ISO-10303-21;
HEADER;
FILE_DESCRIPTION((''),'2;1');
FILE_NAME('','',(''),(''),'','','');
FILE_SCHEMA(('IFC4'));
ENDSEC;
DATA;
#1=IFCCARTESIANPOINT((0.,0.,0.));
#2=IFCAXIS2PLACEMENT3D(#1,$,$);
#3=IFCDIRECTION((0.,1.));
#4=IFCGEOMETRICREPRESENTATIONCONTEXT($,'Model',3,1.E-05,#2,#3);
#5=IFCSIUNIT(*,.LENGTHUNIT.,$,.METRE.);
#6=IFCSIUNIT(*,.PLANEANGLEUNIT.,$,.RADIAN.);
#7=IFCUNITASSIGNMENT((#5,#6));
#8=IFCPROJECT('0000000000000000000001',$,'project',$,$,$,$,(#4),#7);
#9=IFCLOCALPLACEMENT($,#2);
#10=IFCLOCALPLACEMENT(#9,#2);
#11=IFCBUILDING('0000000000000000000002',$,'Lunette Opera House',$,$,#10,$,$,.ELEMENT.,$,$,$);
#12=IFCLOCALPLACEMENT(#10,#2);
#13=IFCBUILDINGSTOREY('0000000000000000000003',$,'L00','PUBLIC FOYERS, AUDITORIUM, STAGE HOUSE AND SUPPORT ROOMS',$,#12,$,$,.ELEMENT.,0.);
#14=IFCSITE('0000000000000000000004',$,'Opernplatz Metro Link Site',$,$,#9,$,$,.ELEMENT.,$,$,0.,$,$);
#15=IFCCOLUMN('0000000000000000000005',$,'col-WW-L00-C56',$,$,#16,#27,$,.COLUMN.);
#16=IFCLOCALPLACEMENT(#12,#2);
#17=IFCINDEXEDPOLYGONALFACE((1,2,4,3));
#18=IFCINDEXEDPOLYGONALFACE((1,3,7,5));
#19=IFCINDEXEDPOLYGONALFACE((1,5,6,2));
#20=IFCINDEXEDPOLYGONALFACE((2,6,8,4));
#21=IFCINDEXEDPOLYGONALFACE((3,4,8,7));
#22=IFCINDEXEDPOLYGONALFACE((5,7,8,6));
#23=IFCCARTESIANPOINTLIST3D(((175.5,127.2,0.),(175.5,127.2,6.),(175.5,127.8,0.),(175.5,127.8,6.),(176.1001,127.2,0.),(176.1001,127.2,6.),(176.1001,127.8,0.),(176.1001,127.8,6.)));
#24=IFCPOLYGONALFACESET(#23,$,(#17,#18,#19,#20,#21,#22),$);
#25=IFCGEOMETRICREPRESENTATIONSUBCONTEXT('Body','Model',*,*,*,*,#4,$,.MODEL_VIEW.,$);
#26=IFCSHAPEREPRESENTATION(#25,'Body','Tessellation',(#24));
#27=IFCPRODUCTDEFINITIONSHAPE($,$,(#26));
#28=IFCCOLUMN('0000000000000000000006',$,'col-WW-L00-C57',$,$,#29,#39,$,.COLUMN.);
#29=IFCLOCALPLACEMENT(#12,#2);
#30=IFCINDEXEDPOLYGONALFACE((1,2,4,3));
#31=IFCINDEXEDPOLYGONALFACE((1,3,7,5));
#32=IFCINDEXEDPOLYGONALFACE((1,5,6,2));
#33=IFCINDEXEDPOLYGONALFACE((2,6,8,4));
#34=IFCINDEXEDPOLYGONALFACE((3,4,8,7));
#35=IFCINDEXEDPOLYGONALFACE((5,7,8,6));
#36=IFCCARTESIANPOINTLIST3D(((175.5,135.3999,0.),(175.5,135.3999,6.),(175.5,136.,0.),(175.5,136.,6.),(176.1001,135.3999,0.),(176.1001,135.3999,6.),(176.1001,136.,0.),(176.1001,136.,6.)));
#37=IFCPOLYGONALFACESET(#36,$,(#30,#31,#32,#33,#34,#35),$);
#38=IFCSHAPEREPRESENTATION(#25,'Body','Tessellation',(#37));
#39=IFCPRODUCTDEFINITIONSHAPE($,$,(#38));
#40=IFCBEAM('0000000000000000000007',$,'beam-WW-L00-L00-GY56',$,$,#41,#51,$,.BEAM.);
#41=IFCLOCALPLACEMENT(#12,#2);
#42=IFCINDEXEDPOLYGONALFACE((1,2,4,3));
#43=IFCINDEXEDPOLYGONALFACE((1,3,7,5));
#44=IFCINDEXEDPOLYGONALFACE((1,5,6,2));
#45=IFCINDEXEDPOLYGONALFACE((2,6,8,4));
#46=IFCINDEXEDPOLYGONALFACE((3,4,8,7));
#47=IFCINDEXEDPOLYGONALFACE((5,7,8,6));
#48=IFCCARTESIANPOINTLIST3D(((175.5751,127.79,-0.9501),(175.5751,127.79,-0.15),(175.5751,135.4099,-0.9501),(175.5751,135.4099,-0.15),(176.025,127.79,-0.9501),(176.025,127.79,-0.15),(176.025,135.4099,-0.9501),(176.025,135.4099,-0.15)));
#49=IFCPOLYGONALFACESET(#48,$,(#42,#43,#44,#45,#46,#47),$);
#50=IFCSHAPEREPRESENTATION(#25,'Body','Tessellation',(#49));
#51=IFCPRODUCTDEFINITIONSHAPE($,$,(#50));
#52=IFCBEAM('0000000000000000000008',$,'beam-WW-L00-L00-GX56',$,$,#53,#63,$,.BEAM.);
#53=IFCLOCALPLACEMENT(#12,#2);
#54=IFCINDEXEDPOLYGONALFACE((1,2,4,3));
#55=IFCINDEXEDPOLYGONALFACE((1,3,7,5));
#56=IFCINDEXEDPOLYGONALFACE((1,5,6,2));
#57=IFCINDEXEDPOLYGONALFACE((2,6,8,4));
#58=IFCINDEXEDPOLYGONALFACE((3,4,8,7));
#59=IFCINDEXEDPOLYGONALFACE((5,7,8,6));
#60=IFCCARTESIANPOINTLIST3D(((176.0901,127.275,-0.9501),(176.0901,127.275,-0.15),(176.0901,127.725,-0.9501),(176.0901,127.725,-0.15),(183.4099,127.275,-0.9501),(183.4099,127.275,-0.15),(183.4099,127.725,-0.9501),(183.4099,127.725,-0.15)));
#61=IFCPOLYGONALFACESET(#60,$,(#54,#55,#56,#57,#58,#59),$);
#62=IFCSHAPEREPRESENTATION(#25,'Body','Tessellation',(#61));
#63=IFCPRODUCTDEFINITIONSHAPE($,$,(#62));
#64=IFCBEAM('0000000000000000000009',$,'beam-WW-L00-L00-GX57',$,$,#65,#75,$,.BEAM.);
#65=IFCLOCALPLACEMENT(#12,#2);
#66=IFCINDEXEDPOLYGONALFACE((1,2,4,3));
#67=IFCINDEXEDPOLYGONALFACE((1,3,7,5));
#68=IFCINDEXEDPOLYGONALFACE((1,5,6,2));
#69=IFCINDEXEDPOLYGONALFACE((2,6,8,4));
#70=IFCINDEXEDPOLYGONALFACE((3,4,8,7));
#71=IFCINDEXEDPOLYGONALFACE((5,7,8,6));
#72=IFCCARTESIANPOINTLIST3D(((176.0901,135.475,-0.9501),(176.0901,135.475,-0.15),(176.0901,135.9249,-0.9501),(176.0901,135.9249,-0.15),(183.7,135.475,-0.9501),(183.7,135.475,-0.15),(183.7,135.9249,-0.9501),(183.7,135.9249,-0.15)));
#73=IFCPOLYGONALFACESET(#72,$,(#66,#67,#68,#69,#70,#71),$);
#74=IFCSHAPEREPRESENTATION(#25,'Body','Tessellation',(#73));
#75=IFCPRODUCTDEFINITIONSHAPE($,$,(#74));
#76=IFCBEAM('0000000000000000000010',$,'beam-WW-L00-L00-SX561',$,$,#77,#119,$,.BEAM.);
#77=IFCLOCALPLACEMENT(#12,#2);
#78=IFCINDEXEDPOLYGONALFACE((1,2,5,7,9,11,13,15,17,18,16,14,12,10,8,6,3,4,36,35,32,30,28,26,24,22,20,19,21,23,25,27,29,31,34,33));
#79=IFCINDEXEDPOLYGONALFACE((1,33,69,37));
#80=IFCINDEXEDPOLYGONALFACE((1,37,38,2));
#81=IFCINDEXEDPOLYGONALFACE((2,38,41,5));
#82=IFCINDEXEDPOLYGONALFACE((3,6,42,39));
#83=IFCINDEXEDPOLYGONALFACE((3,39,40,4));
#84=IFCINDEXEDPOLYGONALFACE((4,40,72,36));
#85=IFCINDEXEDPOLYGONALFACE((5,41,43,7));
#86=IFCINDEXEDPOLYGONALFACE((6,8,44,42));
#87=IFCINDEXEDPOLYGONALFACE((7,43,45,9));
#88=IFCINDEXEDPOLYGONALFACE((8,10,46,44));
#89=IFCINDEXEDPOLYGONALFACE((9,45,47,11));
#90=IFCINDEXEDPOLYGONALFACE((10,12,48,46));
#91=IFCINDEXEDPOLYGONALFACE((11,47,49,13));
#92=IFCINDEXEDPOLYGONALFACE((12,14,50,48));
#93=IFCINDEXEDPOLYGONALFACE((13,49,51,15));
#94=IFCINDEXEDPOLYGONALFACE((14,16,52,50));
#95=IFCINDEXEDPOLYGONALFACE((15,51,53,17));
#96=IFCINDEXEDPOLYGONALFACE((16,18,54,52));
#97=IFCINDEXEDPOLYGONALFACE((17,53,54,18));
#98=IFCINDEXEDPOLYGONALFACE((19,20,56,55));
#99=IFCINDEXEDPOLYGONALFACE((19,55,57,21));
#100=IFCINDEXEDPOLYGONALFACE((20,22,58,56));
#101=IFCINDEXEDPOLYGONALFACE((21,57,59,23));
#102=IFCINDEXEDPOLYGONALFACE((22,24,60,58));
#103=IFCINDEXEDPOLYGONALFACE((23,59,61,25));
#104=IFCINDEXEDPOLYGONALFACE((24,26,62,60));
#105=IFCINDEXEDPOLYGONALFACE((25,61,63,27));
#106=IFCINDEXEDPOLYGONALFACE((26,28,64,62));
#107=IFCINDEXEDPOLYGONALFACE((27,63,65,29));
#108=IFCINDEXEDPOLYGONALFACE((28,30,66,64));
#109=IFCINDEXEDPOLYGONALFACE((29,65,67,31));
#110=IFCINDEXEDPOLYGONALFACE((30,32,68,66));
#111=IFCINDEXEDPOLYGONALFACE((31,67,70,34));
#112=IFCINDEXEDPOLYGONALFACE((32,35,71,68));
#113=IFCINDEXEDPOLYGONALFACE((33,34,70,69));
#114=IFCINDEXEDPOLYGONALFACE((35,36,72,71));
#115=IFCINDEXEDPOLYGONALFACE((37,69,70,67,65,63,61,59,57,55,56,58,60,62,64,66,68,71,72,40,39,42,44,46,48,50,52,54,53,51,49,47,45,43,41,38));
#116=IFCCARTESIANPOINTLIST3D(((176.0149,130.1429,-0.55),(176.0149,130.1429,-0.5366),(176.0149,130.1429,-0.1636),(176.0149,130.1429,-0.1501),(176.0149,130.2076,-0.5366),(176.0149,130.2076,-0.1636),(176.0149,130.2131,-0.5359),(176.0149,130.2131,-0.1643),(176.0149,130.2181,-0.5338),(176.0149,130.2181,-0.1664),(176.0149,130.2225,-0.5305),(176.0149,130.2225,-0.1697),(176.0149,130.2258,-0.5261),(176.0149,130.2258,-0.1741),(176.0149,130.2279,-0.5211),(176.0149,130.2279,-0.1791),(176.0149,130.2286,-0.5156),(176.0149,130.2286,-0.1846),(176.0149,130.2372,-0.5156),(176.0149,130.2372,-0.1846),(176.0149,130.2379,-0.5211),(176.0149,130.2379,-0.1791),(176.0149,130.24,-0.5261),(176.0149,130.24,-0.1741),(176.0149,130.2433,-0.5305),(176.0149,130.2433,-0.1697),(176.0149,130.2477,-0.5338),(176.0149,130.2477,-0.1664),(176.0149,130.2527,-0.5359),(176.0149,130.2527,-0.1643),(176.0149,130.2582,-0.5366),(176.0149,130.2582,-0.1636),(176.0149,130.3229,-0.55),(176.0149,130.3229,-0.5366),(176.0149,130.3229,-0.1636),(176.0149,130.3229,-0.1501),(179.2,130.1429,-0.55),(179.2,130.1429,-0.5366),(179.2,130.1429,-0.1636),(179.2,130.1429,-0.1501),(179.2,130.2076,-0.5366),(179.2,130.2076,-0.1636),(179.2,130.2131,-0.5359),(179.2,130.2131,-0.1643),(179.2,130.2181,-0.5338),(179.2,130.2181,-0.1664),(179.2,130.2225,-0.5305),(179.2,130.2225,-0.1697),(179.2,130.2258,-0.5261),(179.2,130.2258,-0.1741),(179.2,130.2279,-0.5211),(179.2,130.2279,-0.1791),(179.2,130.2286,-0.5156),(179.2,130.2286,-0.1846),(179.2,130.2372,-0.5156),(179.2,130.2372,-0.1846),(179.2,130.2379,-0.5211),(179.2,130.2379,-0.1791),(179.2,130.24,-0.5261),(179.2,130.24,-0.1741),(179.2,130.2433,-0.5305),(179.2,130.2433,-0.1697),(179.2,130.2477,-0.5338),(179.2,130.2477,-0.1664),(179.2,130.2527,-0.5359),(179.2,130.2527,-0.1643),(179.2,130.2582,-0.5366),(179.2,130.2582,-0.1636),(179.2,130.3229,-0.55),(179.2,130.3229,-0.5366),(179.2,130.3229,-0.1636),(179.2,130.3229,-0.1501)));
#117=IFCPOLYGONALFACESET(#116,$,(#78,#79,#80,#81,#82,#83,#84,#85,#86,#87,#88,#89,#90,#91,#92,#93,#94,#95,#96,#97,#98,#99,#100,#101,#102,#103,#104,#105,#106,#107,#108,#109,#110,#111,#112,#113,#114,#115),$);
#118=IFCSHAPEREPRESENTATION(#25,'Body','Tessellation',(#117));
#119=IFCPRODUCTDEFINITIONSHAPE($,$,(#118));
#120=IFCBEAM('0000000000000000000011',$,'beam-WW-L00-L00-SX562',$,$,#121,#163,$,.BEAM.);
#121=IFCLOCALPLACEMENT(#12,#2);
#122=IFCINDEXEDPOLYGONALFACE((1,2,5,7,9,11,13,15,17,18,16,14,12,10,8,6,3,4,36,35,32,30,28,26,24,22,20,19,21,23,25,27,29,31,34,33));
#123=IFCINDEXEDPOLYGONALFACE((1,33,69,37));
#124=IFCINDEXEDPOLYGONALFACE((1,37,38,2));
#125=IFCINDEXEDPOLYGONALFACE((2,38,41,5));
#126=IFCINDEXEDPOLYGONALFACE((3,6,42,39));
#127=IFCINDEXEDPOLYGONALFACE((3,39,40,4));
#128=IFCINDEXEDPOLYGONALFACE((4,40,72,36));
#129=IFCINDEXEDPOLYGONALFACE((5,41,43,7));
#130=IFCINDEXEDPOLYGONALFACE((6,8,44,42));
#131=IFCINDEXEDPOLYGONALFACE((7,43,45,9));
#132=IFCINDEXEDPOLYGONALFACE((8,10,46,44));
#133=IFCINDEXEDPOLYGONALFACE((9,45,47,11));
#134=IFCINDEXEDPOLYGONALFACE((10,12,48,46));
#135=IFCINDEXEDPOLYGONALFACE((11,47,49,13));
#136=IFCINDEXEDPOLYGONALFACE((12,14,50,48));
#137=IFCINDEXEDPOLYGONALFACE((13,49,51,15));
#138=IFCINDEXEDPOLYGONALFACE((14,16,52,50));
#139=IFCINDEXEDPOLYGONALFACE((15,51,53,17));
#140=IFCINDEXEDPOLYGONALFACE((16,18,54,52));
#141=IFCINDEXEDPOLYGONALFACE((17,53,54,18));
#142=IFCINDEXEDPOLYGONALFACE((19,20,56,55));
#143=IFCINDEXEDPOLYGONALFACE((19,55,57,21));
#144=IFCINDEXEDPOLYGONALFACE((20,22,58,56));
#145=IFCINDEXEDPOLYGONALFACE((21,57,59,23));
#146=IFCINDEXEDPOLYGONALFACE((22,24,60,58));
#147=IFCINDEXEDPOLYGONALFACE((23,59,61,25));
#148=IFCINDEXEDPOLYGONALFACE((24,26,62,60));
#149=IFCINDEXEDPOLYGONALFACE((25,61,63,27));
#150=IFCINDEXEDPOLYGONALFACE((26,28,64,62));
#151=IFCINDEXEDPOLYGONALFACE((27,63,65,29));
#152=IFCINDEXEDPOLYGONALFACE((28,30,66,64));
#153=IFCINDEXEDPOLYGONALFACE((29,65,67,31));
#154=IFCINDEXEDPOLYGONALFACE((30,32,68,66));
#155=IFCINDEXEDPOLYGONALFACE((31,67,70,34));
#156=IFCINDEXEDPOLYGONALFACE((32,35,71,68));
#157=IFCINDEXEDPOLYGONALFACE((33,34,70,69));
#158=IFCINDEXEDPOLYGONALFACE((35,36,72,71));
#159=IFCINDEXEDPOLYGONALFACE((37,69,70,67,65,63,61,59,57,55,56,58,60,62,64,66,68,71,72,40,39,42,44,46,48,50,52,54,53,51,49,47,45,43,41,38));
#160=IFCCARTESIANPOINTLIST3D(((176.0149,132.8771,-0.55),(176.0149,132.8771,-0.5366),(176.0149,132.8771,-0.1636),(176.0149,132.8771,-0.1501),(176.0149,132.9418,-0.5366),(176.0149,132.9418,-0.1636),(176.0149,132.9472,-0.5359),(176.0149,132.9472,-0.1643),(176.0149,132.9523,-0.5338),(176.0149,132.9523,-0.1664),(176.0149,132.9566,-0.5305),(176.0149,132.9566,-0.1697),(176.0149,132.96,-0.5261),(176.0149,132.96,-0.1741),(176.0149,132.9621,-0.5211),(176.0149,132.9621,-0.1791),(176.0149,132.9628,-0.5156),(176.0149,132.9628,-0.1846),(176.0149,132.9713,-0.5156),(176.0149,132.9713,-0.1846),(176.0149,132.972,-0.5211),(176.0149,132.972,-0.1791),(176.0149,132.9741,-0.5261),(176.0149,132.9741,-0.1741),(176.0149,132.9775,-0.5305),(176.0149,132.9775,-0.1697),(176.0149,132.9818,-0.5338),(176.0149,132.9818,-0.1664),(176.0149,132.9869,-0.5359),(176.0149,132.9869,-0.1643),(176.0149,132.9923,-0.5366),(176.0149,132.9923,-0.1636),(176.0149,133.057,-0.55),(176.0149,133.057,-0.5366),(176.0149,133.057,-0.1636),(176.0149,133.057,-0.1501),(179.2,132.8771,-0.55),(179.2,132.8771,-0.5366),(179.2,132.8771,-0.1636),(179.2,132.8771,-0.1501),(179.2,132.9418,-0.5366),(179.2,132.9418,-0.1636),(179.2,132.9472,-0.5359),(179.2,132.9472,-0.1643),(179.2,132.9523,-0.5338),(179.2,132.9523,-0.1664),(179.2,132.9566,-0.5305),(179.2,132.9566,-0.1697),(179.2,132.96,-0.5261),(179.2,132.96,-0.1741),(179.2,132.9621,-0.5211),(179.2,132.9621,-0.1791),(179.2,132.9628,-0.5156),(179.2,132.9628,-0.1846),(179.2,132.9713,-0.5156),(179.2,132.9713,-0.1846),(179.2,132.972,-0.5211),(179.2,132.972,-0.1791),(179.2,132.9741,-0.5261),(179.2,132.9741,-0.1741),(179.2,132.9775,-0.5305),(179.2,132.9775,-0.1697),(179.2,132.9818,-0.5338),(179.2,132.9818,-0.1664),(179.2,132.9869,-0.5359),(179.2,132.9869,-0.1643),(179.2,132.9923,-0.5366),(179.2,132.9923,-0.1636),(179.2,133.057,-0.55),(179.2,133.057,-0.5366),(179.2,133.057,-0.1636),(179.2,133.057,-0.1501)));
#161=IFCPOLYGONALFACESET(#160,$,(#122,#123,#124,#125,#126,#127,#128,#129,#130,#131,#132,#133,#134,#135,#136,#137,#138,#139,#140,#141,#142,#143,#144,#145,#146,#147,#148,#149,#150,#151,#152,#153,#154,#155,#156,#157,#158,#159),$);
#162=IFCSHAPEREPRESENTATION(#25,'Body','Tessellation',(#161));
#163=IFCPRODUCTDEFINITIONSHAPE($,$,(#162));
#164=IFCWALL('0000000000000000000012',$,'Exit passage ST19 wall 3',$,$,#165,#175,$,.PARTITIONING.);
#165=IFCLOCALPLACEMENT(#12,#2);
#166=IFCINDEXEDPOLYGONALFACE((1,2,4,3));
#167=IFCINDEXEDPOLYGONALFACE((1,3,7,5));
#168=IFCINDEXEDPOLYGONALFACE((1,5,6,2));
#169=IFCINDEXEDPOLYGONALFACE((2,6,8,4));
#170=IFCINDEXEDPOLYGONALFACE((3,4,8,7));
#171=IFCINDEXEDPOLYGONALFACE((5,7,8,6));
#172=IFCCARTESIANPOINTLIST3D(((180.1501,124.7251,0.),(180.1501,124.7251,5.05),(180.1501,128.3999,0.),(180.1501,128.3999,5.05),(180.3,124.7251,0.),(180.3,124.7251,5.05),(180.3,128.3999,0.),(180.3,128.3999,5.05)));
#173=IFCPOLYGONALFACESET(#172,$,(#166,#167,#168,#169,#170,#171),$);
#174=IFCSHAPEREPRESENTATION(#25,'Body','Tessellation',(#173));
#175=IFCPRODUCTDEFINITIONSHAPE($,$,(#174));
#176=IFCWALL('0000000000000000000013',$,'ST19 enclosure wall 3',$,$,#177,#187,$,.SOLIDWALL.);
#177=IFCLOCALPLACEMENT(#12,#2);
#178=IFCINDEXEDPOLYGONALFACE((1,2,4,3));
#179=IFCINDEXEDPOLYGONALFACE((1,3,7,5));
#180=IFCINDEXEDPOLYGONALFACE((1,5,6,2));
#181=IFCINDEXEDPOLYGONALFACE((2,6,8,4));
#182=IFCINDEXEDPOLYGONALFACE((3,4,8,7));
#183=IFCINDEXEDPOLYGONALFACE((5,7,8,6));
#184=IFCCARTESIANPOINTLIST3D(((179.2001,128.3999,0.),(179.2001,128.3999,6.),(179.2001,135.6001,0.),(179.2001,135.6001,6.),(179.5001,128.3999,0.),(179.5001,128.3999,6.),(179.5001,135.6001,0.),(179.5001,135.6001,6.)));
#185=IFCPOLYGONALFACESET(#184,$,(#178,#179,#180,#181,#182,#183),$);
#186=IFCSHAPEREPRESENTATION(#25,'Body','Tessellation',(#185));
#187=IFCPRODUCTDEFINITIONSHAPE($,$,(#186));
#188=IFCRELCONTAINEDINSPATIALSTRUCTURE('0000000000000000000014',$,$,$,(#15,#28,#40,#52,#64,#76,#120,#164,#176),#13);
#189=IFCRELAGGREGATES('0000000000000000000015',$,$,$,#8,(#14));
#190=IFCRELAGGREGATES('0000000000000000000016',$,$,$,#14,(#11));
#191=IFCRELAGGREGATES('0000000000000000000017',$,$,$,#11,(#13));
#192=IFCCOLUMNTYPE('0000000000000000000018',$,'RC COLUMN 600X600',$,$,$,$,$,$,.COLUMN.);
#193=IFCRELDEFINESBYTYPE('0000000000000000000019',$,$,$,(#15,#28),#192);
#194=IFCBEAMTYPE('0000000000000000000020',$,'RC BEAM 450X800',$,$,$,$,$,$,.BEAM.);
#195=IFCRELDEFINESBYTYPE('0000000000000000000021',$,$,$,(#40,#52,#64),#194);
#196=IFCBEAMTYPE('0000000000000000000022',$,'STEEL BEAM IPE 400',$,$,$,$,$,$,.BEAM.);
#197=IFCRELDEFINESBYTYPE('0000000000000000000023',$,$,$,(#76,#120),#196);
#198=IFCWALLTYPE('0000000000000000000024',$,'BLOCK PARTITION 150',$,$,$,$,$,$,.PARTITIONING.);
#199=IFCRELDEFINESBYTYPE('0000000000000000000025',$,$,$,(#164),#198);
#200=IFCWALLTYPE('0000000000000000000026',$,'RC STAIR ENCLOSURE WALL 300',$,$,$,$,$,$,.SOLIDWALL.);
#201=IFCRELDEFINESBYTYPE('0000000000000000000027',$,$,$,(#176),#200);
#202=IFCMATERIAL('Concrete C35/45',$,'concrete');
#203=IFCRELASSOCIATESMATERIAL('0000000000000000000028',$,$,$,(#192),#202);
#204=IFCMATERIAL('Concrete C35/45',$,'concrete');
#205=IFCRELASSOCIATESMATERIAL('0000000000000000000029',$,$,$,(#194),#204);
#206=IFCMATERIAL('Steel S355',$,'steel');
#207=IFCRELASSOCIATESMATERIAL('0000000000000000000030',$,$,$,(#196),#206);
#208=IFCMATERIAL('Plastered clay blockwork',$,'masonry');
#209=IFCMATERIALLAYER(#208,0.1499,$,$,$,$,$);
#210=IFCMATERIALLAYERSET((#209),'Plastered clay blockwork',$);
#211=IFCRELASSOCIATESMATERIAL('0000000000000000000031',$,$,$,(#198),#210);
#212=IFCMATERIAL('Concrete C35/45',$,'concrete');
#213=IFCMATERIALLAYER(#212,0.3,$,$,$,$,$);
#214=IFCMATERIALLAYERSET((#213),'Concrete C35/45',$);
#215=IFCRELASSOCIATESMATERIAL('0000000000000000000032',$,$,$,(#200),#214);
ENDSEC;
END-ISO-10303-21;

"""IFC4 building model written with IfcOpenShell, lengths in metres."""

from ifc_helpers import new_model, si_unit, direction, frame, frame_2d, origin, origin_2d, place, context, subcontext, project, spatial, rectangle, i_section, extrude, material, layer, layer_set, material_profile, profile_set, type_object, element, save


model = new_model("IFC4")

# Units and contexts
model_context = context("Model", 3, precision=1e-05, world=origin(), true_north=direction((0.0, 1.0)))
body_context = subcontext(model_context, "Body", "Model", "MODEL_VIEW")
ifc_project = project(units=[si_unit("LENGTHUNIT", "METRE"), si_unit("PLANEANGLEUNIT", "RADIAN")], contexts=[model_context])

# Site, building, storey
site_placement = place(None, origin())
site = spatial("IfcSite", under=ifc_project, at=site_placement, Name="Opernplatz Metro Link Site", CompositionType="ELEMENT", RefElevation=0.0)
building_placement = place(site_placement, origin())
building = spatial("IfcBuilding", under=site, at=building_placement, Name="Lunette Opera House", CompositionType="ELEMENT")
storey_placement = place(building_placement, origin())
storey = spatial("IfcBuildingStorey", under=building, at=storey_placement, Name="L00", Description="PUBLIC FOYERS, AUDITORIUM, STAGE HOUSE AND SUPPORT ROOMS", CompositionType="ELEMENT", Elevation=0.0)

# Columns
ifc_material_1 = material(Name="Concrete C35/45", Category="concrete")
ifc_material_profile_1 = material_profile(ifc_material_1, rectangle(XDim=0.6001, YDim=0.6001, at=origin_2d()), Name="RC COLUMN 600X600")
ifc_profile_set_1 = profile_set([ifc_material_profile_1], Name="Concrete C35/45")
column_type = type_object("IfcColumnType", Name="RC COLUMN 600X600", PredefinedType="COLUMN", material=ifc_profile_set_1)
for number, where, z_axis, x_axis, name in (
    (1, (175.8, 127.5, 0.0), (0.0, 0.0, 1.0), (1.0, 0.0, 0.0), "col-WW-L00-C56"),
    (2, (175.8, 135.7, 0.0), (0.0, 0.0, 1.0), (1.0, 0.0, 0.0), "col-WW-L00-C57"),
):
    element("IfcColumn", number, at=place(storey_placement, frame(where, z_axis=z_axis, x_axis=x_axis)), inside=storey, type_object=column_type, Name=name, PredefinedType="COLUMN", context=body_context, shape_type="SweptSolid", body=[
        extrude(rectangle(XDim=0.6001, YDim=0.6001, at=origin_2d()), origin(), (0.0, 0.0, 1.0), 6.0),
    ])

# Beams
ifc_material_2 = material(Name="Concrete C35/45", Category="concrete")
ifc_material_profile_2 = material_profile(ifc_material_2, rectangle(XDim=0.45, YDim=0.8, at=origin_2d()), Name="RC BEAM 450X800")
ifc_profile_set_2 = profile_set([ifc_material_profile_2], Name="Concrete C35/45")
beam_type_1 = type_object("IfcBeamType", Name="RC BEAM 450X800", PredefinedType="BEAM", material=ifc_profile_set_2)
beam_1_placement = place(storey_placement, frame((175.8, 127.79, -0.55), z_axis=(0.0, 1.0, 0.0), x_axis=(-1.0, 0.0, 0.0)))
element("IfcBeam", 3, at=beam_1_placement, inside=storey, type_object=beam_type_1, Name="beam-WW-L00-L00-GY56", PredefinedType="BEAM", context=body_context, shape_type="SweptSolid", body=[
    extrude(rectangle(XDim=0.45, YDim=0.8, at=origin_2d()), origin(), (0.0, 0.0, 1.0), 7.6199),
])
beam_2_placement = place(storey_placement, frame((176.0901, 127.5, -0.55), z_axis=(1.0, 0.0, 0.0), x_axis=(0.0, 1.0, 0.0)))
element("IfcBeam", 4, at=beam_2_placement, inside=storey, type_object=beam_type_1, Name="beam-WW-L00-L00-GX56", PredefinedType="BEAM", context=body_context, shape_type="SweptSolid", body=[
    extrude(rectangle(XDim=0.45, YDim=0.8, at=origin_2d()), origin(), (0.0, 0.0, 1.0), 7.3198),
])
beam_3_placement = place(storey_placement, frame((176.0901, 135.7, -0.55), z_axis=(1.0, 0.0, 0.0), x_axis=(0.0, 1.0, 0.0)))
element("IfcBeam", 5, at=beam_3_placement, inside=storey, type_object=beam_type_1, Name="beam-WW-L00-L00-GX57", PredefinedType="BEAM", context=body_context, shape_type="SweptSolid", body=[
    extrude(rectangle(XDim=0.45, YDim=0.8, at=origin_2d()), origin(), (0.0, 0.0, 1.0), 7.6099),
])
ifc_material_3 = material(Name="Steel S355", Category="steel")
ifc_material_profile_3 = material_profile(ifc_material_3, i_section(OverallWidth=0.1799, OverallDepth=0.3999, WebThickness=0.0085, FlangeThickness=0.0134, FilletRadius=0.021, at=origin_2d()), Name="IPE 400")
ifc_profile_set_3 = profile_set([ifc_material_profile_3], Name="Steel S355")
beam_type_2 = type_object("IfcBeamType", Name="STEEL BEAM IPE 400", PredefinedType="BEAM", material=ifc_profile_set_3)
for number, where, z_axis, x_axis, name in (
    (6, (176.0149, 130.2329, -0.3501), (1.0, 0.0, 0.0), (0.0, 1.0, 0.0), "beam-WW-L00-L00-SX561"),
    (7, (176.0149, 132.967, -0.3501), (1.0, 0.0, 0.0), (0.0, 1.0, 0.0), "beam-WW-L00-L00-SX562"),
):
    element("IfcBeam", number, at=place(storey_placement, frame(where, z_axis=z_axis, x_axis=x_axis)), inside=storey, type_object=beam_type_2, Name=name, PredefinedType="BEAM", context=body_context, shape_type="SweptSolid", body=[
        extrude(i_section(OverallWidth=0.1799, OverallDepth=0.3999, WebThickness=0.0085, FlangeThickness=0.0134, FilletRadius=0.021, at=origin_2d()), origin(), (0.0, 0.0, 1.0), 3.1851),
    ])

# Walls
ifc_material_4 = material(Name="Plastered clay blockwork", Category="masonry")
ifc_layer_1 = layer(ifc_material_4, 0.1499)
ifc_layer_set_1 = layer_set([ifc_layer_1], Name="Plastered clay blockwork")
wall_type_1 = type_object("IfcWallType", Name="BLOCK PARTITION 150", PredefinedType="PARTITIONING", material=ifc_layer_set_1)
wall_1_placement = place(storey_placement, frame((180.2251, 128.3999, 0.0), z_axis=(0.0, 0.0, 1.0), x_axis=(0.0, -1.0, 0.0)))
element("IfcWall", 8, at=wall_1_placement, inside=storey, type_object=wall_type_1, Name="Exit passage ST19 wall 3", PredefinedType="PARTITIONING", context=body_context, shape_type="SweptSolid", body=[
    extrude(rectangle(XDim=3.6748, YDim=0.1499, at=frame_2d((1.8374, 0.0))), origin(), (0.0, 0.0, 1.0), 5.05),
])
ifc_material_5 = material(Name="Concrete C35/45", Category="concrete")
ifc_layer_2 = layer(ifc_material_5, 0.3)
ifc_layer_set_2 = layer_set([ifc_layer_2], Name="Concrete C35/45")
wall_type_2 = type_object("IfcWallType", Name="RC STAIR ENCLOSURE WALL 300", PredefinedType="SOLIDWALL", material=ifc_layer_set_2)
wall_2_placement = place(storey_placement, frame((179.3501, 135.6001, 0.0), z_axis=(0.0, 0.0, 1.0), x_axis=(0.0, -1.0, 0.0)))
element("IfcWall", 9, at=wall_2_placement, inside=storey, type_object=wall_type_2, Name="ST19 enclosure wall 3", PredefinedType="SOLIDWALL", context=body_context, shape_type="SweptSolid", body=[
    extrude(rectangle(XDim=7.2002, YDim=0.3, at=frame_2d((3.6001, 0.0))), origin(), (0.0, 0.0, 1.0), 6.0),
])

save(model, "model.ifc")
